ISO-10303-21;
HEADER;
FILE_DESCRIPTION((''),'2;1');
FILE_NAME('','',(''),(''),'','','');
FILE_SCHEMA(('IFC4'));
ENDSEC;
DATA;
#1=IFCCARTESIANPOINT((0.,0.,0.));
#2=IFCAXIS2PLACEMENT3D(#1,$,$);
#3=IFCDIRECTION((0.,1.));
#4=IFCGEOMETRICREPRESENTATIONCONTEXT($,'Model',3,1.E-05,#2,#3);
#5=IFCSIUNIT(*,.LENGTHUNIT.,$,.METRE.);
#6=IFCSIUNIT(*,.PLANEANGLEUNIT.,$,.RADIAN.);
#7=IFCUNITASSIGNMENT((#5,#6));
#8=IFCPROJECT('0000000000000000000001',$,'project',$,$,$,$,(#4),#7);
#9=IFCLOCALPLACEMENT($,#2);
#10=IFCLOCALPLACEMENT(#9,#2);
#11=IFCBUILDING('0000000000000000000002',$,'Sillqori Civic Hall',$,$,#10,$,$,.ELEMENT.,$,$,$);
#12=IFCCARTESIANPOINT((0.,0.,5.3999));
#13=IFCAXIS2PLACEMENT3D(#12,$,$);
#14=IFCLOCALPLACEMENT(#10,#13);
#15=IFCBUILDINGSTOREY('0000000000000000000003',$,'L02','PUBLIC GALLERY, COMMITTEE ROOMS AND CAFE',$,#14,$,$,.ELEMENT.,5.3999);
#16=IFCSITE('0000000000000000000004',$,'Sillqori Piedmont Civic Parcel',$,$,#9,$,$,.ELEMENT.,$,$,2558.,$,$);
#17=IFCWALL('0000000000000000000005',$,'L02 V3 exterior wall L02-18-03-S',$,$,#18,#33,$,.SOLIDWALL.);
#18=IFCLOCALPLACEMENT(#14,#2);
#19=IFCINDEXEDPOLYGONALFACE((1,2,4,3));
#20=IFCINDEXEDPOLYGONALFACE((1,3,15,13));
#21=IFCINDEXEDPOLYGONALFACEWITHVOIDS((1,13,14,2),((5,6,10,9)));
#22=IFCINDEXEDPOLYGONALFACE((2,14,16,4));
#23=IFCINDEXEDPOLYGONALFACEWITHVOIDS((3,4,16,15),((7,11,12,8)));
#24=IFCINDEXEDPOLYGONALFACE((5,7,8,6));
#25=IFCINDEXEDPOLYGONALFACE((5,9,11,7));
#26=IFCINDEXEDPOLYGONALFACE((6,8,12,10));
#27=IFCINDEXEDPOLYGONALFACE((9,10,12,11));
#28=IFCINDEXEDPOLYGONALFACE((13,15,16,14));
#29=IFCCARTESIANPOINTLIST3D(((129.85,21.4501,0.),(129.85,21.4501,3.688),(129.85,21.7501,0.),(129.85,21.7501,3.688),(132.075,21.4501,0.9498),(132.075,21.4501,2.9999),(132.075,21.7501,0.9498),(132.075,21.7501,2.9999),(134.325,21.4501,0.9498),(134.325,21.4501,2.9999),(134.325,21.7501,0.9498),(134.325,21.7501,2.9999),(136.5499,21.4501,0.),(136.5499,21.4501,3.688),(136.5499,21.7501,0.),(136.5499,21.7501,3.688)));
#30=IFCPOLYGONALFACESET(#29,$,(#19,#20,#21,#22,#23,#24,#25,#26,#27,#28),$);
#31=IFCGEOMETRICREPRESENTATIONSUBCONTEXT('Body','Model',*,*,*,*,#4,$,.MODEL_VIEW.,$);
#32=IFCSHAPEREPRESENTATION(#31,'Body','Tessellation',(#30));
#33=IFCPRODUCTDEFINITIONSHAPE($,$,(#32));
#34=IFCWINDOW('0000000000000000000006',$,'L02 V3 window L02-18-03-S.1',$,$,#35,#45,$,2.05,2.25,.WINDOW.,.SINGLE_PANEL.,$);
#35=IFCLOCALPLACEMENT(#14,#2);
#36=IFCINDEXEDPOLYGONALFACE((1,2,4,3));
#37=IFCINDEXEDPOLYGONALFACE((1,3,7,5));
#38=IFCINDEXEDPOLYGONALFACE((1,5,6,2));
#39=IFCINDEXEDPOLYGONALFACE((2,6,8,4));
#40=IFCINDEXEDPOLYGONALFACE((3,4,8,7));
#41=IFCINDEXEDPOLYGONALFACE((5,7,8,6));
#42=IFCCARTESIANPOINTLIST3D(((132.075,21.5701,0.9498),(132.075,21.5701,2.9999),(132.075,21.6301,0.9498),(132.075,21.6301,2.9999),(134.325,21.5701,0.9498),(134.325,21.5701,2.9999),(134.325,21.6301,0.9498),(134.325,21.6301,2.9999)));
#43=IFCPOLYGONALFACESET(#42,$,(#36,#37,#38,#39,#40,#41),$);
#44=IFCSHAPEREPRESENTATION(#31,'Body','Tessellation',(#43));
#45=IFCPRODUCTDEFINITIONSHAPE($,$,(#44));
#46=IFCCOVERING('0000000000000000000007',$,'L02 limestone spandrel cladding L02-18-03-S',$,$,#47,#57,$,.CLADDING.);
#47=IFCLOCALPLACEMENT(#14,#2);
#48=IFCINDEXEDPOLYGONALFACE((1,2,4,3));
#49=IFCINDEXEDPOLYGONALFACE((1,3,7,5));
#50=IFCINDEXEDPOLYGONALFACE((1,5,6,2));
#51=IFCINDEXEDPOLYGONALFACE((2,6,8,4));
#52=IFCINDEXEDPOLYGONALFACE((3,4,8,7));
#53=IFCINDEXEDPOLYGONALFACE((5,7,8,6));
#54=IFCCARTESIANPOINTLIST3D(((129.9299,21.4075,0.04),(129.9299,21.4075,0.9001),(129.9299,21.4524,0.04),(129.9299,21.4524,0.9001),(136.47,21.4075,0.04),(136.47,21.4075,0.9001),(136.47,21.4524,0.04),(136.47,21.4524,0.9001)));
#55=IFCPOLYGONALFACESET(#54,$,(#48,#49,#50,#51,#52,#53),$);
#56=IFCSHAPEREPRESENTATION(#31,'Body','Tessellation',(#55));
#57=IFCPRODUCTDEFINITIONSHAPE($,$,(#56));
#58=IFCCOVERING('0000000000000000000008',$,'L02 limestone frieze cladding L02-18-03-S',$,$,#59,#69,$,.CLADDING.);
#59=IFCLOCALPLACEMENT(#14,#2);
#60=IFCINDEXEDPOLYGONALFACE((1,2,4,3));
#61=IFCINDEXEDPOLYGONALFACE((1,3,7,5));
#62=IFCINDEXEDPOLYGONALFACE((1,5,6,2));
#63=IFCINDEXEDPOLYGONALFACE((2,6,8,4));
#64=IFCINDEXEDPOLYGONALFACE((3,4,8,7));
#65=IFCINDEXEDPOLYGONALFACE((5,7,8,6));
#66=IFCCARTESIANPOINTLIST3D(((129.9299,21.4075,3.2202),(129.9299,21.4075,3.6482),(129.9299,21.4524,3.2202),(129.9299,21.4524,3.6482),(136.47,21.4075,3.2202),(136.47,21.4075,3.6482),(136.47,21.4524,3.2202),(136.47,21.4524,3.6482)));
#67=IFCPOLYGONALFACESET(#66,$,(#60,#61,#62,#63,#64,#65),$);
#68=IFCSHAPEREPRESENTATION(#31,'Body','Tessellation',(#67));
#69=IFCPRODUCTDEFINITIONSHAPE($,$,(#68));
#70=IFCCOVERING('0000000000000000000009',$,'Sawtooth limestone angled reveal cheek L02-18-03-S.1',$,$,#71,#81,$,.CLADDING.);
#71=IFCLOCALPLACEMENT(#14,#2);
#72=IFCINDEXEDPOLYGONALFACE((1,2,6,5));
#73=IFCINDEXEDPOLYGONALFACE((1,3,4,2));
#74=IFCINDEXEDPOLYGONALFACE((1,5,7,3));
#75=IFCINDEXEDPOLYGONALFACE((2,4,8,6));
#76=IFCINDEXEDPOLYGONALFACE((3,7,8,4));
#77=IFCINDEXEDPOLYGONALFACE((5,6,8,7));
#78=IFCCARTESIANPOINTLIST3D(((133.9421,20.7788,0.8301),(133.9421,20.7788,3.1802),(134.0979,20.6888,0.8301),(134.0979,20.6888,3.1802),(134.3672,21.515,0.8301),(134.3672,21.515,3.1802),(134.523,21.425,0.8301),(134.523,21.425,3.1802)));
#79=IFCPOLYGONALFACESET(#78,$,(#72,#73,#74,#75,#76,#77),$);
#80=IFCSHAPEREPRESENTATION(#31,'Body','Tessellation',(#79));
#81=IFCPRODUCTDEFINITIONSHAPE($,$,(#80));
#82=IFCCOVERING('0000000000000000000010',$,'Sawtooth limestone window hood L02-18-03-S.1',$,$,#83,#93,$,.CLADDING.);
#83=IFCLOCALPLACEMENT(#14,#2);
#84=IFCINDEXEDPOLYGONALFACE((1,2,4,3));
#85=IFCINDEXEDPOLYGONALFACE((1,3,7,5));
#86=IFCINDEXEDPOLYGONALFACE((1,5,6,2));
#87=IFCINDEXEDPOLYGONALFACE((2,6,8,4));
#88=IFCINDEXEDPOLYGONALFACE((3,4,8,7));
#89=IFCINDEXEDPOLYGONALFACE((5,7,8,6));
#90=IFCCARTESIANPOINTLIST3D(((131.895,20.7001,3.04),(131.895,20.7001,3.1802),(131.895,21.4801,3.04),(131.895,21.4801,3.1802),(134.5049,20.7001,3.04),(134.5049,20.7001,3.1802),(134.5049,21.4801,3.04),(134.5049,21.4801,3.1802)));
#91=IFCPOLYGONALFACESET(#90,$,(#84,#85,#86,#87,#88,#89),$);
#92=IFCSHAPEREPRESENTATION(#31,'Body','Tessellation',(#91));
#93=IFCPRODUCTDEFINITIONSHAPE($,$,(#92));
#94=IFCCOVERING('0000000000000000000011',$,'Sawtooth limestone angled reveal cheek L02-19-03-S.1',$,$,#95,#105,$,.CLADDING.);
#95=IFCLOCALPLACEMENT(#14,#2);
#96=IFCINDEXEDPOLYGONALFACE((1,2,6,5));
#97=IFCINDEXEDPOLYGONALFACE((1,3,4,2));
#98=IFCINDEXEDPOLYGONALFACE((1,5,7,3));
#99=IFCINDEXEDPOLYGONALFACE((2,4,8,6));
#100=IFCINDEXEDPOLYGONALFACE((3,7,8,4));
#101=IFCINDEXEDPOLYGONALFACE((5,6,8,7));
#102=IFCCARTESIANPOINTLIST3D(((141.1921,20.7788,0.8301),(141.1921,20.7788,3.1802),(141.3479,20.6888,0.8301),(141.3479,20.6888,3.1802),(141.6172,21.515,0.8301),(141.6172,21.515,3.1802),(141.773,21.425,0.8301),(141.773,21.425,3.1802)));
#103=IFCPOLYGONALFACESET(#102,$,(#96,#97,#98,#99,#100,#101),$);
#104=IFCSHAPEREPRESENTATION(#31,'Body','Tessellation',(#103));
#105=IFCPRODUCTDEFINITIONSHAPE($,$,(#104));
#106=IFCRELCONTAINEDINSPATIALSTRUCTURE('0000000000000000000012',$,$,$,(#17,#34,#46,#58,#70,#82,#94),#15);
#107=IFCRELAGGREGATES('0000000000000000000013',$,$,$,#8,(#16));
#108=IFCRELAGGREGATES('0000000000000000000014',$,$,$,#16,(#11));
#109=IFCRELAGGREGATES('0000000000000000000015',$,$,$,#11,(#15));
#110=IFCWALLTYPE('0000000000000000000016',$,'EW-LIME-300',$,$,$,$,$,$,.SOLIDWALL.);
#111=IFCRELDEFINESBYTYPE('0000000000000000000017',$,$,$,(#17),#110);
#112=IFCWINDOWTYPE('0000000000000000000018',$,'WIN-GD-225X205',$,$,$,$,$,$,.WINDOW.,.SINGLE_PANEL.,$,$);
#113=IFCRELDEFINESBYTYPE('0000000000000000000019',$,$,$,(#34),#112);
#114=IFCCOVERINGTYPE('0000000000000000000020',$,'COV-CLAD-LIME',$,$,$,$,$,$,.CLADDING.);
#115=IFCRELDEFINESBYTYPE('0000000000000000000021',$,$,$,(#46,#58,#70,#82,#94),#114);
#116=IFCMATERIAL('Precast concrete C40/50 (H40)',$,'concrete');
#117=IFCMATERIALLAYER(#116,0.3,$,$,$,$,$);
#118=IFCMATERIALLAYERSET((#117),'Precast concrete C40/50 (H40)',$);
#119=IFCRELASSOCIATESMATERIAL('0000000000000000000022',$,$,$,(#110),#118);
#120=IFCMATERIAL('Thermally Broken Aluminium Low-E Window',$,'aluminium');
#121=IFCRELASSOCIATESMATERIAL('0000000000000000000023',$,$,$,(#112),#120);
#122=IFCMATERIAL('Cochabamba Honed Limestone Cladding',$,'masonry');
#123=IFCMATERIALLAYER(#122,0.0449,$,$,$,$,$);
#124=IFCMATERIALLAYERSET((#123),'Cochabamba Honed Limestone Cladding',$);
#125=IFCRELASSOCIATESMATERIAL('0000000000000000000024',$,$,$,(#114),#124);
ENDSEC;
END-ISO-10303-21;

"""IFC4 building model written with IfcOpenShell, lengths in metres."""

from ifc_helpers import new_model, si_unit, direction, frame, frame_2d, origin, place, context, subcontext, project, spatial, rectangle, extrude, material, layer, layer_set, type_object, element, fill, save


model = new_model("IFC4")

# Units and contexts
model_context = context("Model", 3, precision=1e-05, world=origin(), true_north=direction((0.0, 1.0)))
body_context = subcontext(model_context, "Body", "Model", "MODEL_VIEW")
ifc_project = project(units=[si_unit("LENGTHUNIT", "METRE"), si_unit("PLANEANGLEUNIT", "RADIAN")], contexts=[model_context])

# Site, building, storey
site_placement = place(None, origin())
site = spatial("IfcSite", under=ifc_project, at=site_placement, Name="Sillqori Piedmont Civic Parcel", CompositionType="ELEMENT", RefElevation=2558.0)
building_placement = place(site_placement, origin())
building = spatial("IfcBuilding", under=site, at=building_placement, Name="Sillqori Civic Hall", CompositionType="ELEMENT")
storey_placement = place(building_placement, frame((0.0, 0.0, 5.3999)))
storey = spatial("IfcBuildingStorey", under=building, at=storey_placement, Name="L02", Description="PUBLIC GALLERY, COMMITTEE ROOMS AND CAFE", CompositionType="ELEMENT", Elevation=5.3999)

# Shared definitions
ifc_material_1 = material(Name="Precast concrete C40/50 (H40)", Category="concrete")

# Shared definitions
ifc_layer_1 = layer(ifc_material_1, 0.3)
ifc_layer_set_1 = layer_set([ifc_layer_1], Name="Precast concrete C40/50 (H40)")
wall_type = type_object("IfcWallType", Name="EW-LIME-300", PredefinedType="SOLIDWALL", material=ifc_layer_set_1)

# Wall, opening, window
wall_1_placement = place(storey_placement, frame((136.55, 21.6001, 0.0), z_axis=(0.0, 0.0, 1.0), x_axis=(-1.0, 0.0, 0.0)))
wall_1 = element("IfcWall", 1, at=wall_1_placement, inside=storey, type_object=wall_type, Name="L02 V3 exterior wall L02-18-03-S", PredefinedType="SOLIDWALL", context=body_context, shape_type="SweptSolid", body=[
    extrude(rectangle(XDim=6.7, YDim=0.3, at=frame_2d((3.3501, 0.0))), origin(), (0.0, 0.0, 1.0), 3.688),
])
opening_1_placement = place(wall_1_placement, frame((2.2251, 0.0, 0.95)))
opening_1 = element("IfcOpeningElement", 2, at=opening_1_placement, cuts=wall_1, PredefinedType="OPENING", context=body_context, shape_type="SweptSolid", body=[
    extrude(rectangle(XDim=2.25, YDim=2.05, at=frame_2d((1.125, 1.0249))), frame((0.0, 0.1599, 0.0), z_axis=(0.0, -1.0, 0.0), x_axis=(1.0, 0.0, 0.0)), (0.0, 0.0, 1.0), 0.3201),
])
ifc_material_2 = material(Name="Thermally Broken Aluminium Low-E Window", Category="aluminium")
window_type = type_object("IfcWindowType", Name="WIN-GD-225X205", PartitioningType="SINGLE_PANEL", PredefinedType="WINDOW", material=ifc_material_2)
window_placement = place(opening_1_placement, origin())
window = element("IfcWindow", 3, at=window_placement, inside=storey, type_object=window_type, Name="L02 V3 window L02-18-03-S.1", OverallHeight=2.05, OverallWidth=2.25, PartitioningType="SINGLE_PANEL", PredefinedType="WINDOW", context=body_context, shape_type="SweptSolid", body=[
    extrude(rectangle(XDim=2.25, YDim=2.05, at=frame_2d((1.125, 1.0249))), frame((0.0, 0.03, 0.0), z_axis=(0.0, -1.0, 0.0), x_axis=(1.0, 0.0, 0.0)), (0.0, 0.0, 1.0), 0.0601),
])
fill(opening_1, window)

# Coverings
ifc_material_3 = material(Name="Cochabamba Honed Limestone Cladding", Category="masonry")
ifc_layer_2 = layer(ifc_material_3, 0.0449)
ifc_layer_set_2 = layer_set([ifc_layer_2], Name="Cochabamba Honed Limestone Cladding")
covering_type = type_object("IfcCoveringType", Name="COV-CLAD-LIME", PredefinedType="CLADDING", material=ifc_layer_set_2)
covering_1_placement = place(storey_placement, frame((136.47, 21.4299, 0.04), z_axis=(0.0, 0.0, 1.0), x_axis=(-1.0, 0.0, 0.0)))
element("IfcCovering", 4, at=covering_1_placement, inside=storey, type_object=covering_type, Name="L02 limestone spandrel cladding L02-18-03-S", PredefinedType="CLADDING", context=body_context, shape_type="SweptSolid", body=[
    extrude(rectangle(XDim=6.54, YDim=0.0449, at=frame_2d((3.27, 0.0))), origin(), (0.0, 0.0, 1.0), 0.8601),
])
covering_2_placement = place(storey_placement, frame((136.47, 21.4299, 3.2202), z_axis=(0.0, 0.0, 1.0), x_axis=(-1.0, 0.0, 0.0)))
element("IfcCovering", 5, at=covering_2_placement, inside=storey, type_object=covering_type, Name="L02 limestone frieze cladding L02-18-03-S", PredefinedType="CLADDING", context=body_context, shape_type="SweptSolid", body=[
    extrude(rectangle(XDim=6.54, YDim=0.0449, at=frame_2d((3.27, 0.0))), origin(), (0.0, 0.0, 1.0), 0.428),
])
covering_3_placement = place(storey_placement, frame((134.4451, 21.47, 0.8301), z_axis=(0.0, 0.0, 1.0), x_axis=(-0.500062, -0.865989, 0.0)))
element("IfcCovering", 6, at=covering_3_placement, inside=storey, type_object=covering_type, Name="Sawtooth limestone angled reveal cheek L02-18-03-S.1", PredefinedType="CLADDING", context=body_context, shape_type="SweptSolid", body=[
    extrude(rectangle(XDim=0.8501, YDim=0.1799, at=frame_2d((0.425, 0.0))), origin(), (0.0, 0.0, 1.0), 2.3501),
])
covering_4_placement = place(storey_placement, frame((134.5049, 21.0901, 3.04), z_axis=(0.0, 0.0, 1.0), x_axis=(-1.0, 0.0, 0.0)))
element("IfcCovering", 7, at=covering_4_placement, inside=storey, type_object=covering_type, Name="Sawtooth limestone window hood L02-18-03-S.1", PredefinedType="CLADDING", context=body_context, shape_type="SweptSolid", body=[
    extrude(rectangle(XDim=2.6099, YDim=0.78, at=frame_2d((1.3049, 0.0))), origin(), (0.0, 0.0, 1.0), 0.1401),
])
covering_5_placement = place(storey_placement, frame((141.6951, 21.47, 0.8301), z_axis=(0.0, 0.0, 1.0), x_axis=(-0.500062, -0.865989, 0.0)))
element("IfcCovering", 8, at=covering_5_placement, inside=storey, type_object=covering_type, Name="Sawtooth limestone angled reveal cheek L02-19-03-S.1", PredefinedType="CLADDING", context=body_context, shape_type="SweptSolid", body=[
    extrude(rectangle(XDim=0.8501, YDim=0.1799, at=frame_2d((0.425, 0.0))), origin(), (0.0, 0.0, 1.0), 2.3501),
])

save(model, "model.ifc")
